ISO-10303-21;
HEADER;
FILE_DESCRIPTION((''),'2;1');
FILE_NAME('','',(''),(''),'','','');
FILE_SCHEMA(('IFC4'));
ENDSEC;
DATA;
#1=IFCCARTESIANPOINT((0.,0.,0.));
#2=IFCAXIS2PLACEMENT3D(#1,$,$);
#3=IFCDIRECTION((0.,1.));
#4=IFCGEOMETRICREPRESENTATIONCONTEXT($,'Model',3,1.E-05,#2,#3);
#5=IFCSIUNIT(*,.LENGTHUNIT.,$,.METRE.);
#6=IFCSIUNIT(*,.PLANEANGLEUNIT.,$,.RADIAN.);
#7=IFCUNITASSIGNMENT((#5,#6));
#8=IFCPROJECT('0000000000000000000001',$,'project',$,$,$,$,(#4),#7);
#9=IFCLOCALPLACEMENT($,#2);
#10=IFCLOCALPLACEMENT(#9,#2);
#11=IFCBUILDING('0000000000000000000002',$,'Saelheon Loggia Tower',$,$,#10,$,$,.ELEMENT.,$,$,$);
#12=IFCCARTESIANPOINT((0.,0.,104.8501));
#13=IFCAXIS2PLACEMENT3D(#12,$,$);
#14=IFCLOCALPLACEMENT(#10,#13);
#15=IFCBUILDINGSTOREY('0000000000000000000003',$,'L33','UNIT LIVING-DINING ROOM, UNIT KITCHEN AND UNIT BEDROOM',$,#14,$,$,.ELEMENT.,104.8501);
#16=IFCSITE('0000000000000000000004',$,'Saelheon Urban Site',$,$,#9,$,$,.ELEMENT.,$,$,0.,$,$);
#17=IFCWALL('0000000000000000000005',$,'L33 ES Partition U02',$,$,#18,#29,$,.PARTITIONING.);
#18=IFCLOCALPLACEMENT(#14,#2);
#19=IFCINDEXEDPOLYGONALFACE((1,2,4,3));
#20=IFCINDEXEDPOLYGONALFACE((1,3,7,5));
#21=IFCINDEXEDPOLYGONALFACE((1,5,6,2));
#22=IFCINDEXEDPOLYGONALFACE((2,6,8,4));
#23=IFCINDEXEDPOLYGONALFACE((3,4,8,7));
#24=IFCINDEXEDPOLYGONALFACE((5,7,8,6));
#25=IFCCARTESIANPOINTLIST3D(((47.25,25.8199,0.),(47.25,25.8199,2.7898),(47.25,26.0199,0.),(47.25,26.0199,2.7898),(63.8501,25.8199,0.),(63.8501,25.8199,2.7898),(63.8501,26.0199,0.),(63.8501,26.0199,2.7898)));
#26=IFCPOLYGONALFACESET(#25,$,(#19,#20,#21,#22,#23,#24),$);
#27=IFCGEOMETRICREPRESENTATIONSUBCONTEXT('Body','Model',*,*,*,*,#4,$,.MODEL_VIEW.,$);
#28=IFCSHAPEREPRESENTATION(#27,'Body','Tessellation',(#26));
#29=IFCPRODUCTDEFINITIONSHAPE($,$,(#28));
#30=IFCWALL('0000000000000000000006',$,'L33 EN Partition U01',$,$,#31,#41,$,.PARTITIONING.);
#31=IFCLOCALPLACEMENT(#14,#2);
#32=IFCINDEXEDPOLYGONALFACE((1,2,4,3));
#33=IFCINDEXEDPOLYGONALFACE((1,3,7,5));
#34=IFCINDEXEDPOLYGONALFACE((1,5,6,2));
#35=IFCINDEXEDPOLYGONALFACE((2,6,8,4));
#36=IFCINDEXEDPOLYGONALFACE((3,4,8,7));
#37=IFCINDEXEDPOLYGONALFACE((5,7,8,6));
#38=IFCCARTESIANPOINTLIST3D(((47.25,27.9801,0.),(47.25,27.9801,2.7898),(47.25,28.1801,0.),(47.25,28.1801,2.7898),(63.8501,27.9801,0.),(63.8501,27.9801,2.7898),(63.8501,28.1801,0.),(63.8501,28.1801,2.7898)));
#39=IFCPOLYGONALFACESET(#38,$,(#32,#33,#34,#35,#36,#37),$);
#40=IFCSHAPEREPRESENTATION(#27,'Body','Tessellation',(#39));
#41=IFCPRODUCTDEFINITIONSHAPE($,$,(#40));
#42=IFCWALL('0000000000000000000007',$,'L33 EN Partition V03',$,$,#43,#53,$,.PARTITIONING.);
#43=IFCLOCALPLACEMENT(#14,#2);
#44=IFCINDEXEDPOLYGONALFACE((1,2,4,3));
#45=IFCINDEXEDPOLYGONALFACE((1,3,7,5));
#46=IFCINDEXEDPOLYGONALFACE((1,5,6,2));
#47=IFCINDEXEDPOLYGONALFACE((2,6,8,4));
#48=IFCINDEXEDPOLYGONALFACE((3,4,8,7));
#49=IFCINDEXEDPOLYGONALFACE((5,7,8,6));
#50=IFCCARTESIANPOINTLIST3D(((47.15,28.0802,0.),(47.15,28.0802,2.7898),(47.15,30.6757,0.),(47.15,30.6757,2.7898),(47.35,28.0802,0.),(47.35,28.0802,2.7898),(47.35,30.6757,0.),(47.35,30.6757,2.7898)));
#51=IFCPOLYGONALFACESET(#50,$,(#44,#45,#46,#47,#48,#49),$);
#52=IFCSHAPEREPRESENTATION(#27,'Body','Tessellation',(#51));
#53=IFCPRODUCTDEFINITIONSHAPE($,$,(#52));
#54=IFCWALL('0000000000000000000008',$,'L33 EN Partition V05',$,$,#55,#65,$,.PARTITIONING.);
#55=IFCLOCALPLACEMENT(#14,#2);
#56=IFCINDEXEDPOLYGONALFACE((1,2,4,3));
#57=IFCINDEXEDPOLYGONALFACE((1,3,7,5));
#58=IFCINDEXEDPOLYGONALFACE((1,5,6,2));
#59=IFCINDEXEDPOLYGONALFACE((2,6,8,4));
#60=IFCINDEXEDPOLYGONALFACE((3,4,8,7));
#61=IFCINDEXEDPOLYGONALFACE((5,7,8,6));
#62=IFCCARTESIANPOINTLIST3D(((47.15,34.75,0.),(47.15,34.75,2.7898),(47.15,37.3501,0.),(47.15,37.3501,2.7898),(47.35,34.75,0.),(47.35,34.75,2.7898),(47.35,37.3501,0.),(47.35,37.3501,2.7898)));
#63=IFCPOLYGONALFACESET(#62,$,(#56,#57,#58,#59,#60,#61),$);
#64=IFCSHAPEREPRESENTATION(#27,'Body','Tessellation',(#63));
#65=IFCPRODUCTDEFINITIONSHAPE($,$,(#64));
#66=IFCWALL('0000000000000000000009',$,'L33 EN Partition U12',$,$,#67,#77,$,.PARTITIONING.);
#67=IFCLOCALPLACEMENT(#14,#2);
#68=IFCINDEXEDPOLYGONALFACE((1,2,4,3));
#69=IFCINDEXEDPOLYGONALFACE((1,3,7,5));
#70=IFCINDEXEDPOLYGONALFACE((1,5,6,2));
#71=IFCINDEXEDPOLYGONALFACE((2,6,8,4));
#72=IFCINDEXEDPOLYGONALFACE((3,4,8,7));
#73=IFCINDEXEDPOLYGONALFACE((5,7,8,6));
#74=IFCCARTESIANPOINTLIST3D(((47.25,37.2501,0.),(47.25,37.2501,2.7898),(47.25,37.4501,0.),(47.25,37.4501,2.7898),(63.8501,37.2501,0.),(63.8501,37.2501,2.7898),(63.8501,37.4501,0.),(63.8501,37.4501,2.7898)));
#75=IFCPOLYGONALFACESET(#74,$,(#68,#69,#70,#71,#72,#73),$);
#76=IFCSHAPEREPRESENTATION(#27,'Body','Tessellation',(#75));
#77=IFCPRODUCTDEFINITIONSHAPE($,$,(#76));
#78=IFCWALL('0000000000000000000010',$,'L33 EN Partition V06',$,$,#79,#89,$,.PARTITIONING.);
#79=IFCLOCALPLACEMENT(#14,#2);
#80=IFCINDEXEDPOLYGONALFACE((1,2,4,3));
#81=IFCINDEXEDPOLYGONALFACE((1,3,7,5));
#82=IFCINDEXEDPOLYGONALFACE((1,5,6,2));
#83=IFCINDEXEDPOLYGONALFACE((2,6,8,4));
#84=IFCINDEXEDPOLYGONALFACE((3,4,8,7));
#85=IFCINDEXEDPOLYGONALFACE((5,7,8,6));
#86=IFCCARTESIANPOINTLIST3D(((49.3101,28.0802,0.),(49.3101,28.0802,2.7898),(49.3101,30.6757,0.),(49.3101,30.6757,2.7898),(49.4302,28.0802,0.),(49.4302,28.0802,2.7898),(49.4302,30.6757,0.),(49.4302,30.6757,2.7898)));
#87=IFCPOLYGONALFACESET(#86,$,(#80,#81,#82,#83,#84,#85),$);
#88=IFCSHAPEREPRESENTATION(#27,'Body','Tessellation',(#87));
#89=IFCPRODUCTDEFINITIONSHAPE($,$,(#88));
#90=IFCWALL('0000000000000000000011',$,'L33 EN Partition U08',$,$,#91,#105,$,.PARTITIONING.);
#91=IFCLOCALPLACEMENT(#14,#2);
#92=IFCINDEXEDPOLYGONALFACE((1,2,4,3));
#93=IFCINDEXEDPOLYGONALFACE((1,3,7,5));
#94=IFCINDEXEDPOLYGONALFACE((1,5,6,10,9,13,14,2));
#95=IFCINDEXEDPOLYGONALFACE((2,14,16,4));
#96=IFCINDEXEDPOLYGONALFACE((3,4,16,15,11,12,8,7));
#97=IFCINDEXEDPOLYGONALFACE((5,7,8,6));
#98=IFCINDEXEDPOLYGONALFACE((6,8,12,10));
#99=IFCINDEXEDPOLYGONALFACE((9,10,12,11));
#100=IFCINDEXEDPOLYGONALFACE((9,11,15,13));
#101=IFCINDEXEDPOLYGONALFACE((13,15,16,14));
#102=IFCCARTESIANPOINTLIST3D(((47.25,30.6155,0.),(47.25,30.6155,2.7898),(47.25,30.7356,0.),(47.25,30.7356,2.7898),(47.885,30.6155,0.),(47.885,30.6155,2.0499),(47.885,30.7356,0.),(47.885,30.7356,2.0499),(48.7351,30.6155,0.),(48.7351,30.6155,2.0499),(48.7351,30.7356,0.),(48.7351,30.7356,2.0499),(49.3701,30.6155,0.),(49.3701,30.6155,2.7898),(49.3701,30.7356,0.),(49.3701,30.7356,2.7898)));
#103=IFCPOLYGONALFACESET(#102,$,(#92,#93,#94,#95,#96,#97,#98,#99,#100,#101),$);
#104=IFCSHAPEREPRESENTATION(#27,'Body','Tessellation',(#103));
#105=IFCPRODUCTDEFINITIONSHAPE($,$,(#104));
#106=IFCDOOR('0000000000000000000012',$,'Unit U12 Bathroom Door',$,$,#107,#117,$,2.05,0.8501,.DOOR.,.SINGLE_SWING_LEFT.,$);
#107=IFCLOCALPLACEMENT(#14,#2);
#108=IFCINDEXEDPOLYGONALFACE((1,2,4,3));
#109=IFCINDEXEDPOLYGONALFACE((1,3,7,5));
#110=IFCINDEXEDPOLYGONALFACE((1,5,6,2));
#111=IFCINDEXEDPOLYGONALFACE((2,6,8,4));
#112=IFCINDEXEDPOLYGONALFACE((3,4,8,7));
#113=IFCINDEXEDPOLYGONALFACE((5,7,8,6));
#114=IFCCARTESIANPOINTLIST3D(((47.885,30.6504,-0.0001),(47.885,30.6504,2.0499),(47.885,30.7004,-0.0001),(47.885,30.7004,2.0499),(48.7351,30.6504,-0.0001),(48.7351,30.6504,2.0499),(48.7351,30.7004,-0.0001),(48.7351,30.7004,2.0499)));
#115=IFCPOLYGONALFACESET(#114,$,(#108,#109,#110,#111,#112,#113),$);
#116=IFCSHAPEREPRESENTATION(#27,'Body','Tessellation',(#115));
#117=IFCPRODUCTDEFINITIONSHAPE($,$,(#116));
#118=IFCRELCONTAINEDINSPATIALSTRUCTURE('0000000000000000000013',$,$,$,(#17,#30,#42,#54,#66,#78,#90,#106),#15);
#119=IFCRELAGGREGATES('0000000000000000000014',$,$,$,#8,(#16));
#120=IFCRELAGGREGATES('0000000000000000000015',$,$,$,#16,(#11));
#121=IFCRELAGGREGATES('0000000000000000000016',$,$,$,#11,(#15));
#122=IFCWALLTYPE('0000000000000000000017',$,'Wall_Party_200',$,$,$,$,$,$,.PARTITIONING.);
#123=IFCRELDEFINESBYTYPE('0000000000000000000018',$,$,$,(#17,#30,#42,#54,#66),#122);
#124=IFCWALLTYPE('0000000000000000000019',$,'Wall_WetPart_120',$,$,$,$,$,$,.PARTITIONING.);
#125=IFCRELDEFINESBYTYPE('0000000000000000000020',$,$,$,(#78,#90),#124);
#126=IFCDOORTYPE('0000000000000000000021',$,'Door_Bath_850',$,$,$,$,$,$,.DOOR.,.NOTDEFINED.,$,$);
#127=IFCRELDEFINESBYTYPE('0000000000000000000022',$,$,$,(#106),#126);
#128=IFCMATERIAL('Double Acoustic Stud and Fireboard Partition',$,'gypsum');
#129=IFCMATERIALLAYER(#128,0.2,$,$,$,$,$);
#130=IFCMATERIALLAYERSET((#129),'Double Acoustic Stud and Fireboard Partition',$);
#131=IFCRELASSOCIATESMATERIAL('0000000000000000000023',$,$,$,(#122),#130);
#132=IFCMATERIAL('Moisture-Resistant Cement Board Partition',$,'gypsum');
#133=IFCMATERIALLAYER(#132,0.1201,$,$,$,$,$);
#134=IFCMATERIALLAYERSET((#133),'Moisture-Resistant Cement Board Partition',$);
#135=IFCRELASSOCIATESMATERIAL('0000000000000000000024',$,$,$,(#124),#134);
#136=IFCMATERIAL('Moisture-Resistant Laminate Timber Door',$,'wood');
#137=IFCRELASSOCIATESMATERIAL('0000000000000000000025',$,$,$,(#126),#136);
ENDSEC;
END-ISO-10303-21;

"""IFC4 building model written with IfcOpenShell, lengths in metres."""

from ifc_helpers import new_model, si_unit, direction, frame, frame_2d, origin, place, context, subcontext, project, spatial, rectangle, extrude, source, transform, mapped, material, layer, layer_set, type_object, element, fill, save


model = new_model("IFC4")

# Units and contexts
model_context = context("Model", 3, precision=1e-05, world=origin(), true_north=direction((0.0, 1.0)))
body_context = subcontext(model_context, "Body", "Model", "MODEL_VIEW")
ifc_project = project(units=[si_unit("LENGTHUNIT", "METRE"), si_unit("PLANEANGLEUNIT", "RADIAN")], contexts=[model_context])

# Site, building, storey
site_placement = place(None, origin())
site = spatial("IfcSite", under=ifc_project, at=site_placement, Name="Saelheon Urban Site", CompositionType="ELEMENT", RefElevation=0.0)
building_placement = place(site_placement, origin())
building = spatial("IfcBuilding", under=site, at=building_placement, Name="Saelheon Loggia Tower", CompositionType="ELEMENT")
storey_placement = place(building_placement, frame((0.0, 0.0, 104.8501)))
storey = spatial("IfcBuildingStorey", under=building, at=storey_placement, Name="L33", Description="UNIT LIVING-DINING ROOM, UNIT KITCHEN AND UNIT BEDROOM", CompositionType="ELEMENT", Elevation=104.8501)

# Walls
ifc_material_1 = material(Name="Double Acoustic Stud and Fireboard Partition", Category="gypsum")
ifc_layer_1 = layer(ifc_material_1, 0.2)
ifc_layer_set_1 = layer_set([ifc_layer_1], Name="Double Acoustic Stud and Fireboard Partition")
wall_type_1 = type_object("IfcWallType", Name="Wall_Party_200", PredefinedType="PARTITIONING", material=ifc_layer_set_1)
for number, where, z_axis, x_axis, name in (
    (1, (47.25, 25.9199, 0.0), (0.0, 0.0, 1.0), (1.0, 0.0, 0.0), "L33 ES Partition U02"),
    (2, (47.25, 28.0801, 0.0), (0.0, 0.0, 1.0), (1.0, 0.0, 0.0), "L33 EN Partition U01"),
):
    element("IfcWall", number, at=place(storey_placement, frame(where, z_axis=z_axis, x_axis=x_axis)), inside=storey, type_object=wall_type_1, Name=name, PredefinedType="PARTITIONING", context=body_context, shape_type="SweptSolid", body=[
        extrude(rectangle(XDim=16.6001, YDim=0.2, at=frame_2d((8.3, 0.0))), origin(), (0.0, 0.0, 1.0), 2.7898),
    ])
wall_1_placement = place(storey_placement, frame((47.25, 28.0801, 0.0), z_axis=(0.0, 0.0, 1.0), x_axis=(0.0, 1.0, 0.0)))
element("IfcWall", 3, at=wall_1_placement, inside=storey, type_object=wall_type_1, Name="L33 EN Partition V03", PredefinedType="PARTITIONING", context=body_context, shape_type="SweptSolid", body=[
    extrude(rectangle(XDim=2.5955, YDim=0.2, at=frame_2d((1.2979, 0.0))), origin(), (0.0, 0.0, 1.0), 2.7898),
])

# Walls
wall_2_placement = place(storey_placement, frame((47.25, 34.75, 0.0), z_axis=(0.0, 0.0, 1.0), x_axis=(0.0, 1.0, 0.0)))
element("IfcWall", 4, at=wall_2_placement, inside=storey, type_object=wall_type_1, Name="L33 EN Partition V05", PredefinedType="PARTITIONING", context=body_context, shape_type="SweptSolid", body=[
    extrude(rectangle(XDim=2.6001, YDim=0.2, at=frame_2d((1.3, 0.0))), origin(), (0.0, 0.0, 1.0), 2.7898),
])
wall_3_placement = place(storey_placement, frame((47.25, 37.3501, 0.0), z_axis=(0.0, 0.0, 1.0), x_axis=(1.0, 0.0, 0.0)))
element("IfcWall", 5, at=wall_3_placement, inside=storey, type_object=wall_type_1, Name="L33 EN Partition U12", PredefinedType="PARTITIONING", context=body_context, shape_type="SweptSolid", body=[
    extrude(rectangle(XDim=16.6001, YDim=0.2, at=frame_2d((8.3, 0.0))), origin(), (0.0, 0.0, 1.0), 2.7898),
])
ifc_material_2 = material(Name="Moisture-Resistant Cement Board Partition", Category="gypsum")
ifc_layer_2 = layer(ifc_material_2, 0.1201)
ifc_layer_set_2 = layer_set([ifc_layer_2], Name="Moisture-Resistant Cement Board Partition")
wall_type_2 = type_object("IfcWallType", Name="Wall_WetPart_120", PredefinedType="PARTITIONING", material=ifc_layer_set_2)
wall_4_placement = place(storey_placement, frame((49.3701, 28.0801, 0.0), z_axis=(0.0, 0.0, 1.0), x_axis=(0.0, 1.0, 0.0)))
element("IfcWall", 6, at=wall_4_placement, inside=storey, type_object=wall_type_2, Name="L33 EN Partition V06", PredefinedType="PARTITIONING", context=body_context, shape_type="SweptSolid", body=[
    extrude(rectangle(XDim=2.5955, YDim=0.1201, at=frame_2d((1.2979, 0.0))), origin(), (0.0, 0.0, 1.0), 2.7898),
])

# Wall, opening, door
wall_5_placement = place(storey_placement, frame((47.25, 30.6755, 0.0), z_axis=(0.0, 0.0, 1.0), x_axis=(1.0, 0.0, 0.0)))
wall_5 = element("IfcWall", 7, at=wall_5_placement, inside=storey, type_object=wall_type_2, Name="L33 EN Partition U08", PredefinedType="PARTITIONING", context=body_context, shape_type="SweptSolid", body=[
    extrude(rectangle(XDim=2.1201, YDim=0.1201, at=frame_2d((1.0601, 0.0))), origin(), (0.0, 0.0, 1.0), 2.7898),
])
opening_1_placement = place(wall_5_placement, frame((0.635, 0.0, 0.0)))
opening_1 = element("IfcOpeningElement", 8, at=opening_1_placement, cuts=wall_5, PredefinedType="OPENING", context=body_context, shape_type="SweptSolid", body=[
    extrude(rectangle(XDim=0.8501, YDim=2.05, at=frame_2d((0.425, 1.0249))), frame((0.0, 0.072, 0.0), z_axis=(0.0, -1.0, 0.0), x_axis=(1.0, 0.0, 0.0)), (0.0, 0.0, 1.0), 0.144),
])
ifc_material_3 = material(Name="Moisture-Resistant Laminate Timber Door", Category="wood")
door_type_1 = type_object("IfcDoorType", Name="Door_Bath_850", OperationType="NOTDEFINED", PredefinedType="DOOR", material=ifc_material_3)
shared_shape_1 = source(origin(), body_context, "Body", "SweptSolid", [
    extrude(rectangle(XDim=0.8501, YDim=2.05, at=frame_2d((0.425, 1.0249))), frame((0.0, 0.0249, 0.0), z_axis=(0.0, -1.0, 0.0), x_axis=(1.0, 0.0, 0.0)), (0.0, 0.0, 1.0), 0.05),
])
door_1_placement = place(opening_1_placement, origin())
door_1 = element("IfcDoor", 9, at=door_1_placement, inside=storey, type_object=door_type_1, Name="Unit U12 Bathroom Door", OperationType="SINGLE_SWING_LEFT", OverallHeight=2.05, OverallWidth=0.8501, PredefinedType="DOOR", context=body_context, shape_type="MappedRepresentation", body=[
    mapped(shared_shape_1, transform((0.0, 0.0, 0.0), scale=1.0)),
])
fill(opening_1, door_1)

save(model, "model.ifc")
